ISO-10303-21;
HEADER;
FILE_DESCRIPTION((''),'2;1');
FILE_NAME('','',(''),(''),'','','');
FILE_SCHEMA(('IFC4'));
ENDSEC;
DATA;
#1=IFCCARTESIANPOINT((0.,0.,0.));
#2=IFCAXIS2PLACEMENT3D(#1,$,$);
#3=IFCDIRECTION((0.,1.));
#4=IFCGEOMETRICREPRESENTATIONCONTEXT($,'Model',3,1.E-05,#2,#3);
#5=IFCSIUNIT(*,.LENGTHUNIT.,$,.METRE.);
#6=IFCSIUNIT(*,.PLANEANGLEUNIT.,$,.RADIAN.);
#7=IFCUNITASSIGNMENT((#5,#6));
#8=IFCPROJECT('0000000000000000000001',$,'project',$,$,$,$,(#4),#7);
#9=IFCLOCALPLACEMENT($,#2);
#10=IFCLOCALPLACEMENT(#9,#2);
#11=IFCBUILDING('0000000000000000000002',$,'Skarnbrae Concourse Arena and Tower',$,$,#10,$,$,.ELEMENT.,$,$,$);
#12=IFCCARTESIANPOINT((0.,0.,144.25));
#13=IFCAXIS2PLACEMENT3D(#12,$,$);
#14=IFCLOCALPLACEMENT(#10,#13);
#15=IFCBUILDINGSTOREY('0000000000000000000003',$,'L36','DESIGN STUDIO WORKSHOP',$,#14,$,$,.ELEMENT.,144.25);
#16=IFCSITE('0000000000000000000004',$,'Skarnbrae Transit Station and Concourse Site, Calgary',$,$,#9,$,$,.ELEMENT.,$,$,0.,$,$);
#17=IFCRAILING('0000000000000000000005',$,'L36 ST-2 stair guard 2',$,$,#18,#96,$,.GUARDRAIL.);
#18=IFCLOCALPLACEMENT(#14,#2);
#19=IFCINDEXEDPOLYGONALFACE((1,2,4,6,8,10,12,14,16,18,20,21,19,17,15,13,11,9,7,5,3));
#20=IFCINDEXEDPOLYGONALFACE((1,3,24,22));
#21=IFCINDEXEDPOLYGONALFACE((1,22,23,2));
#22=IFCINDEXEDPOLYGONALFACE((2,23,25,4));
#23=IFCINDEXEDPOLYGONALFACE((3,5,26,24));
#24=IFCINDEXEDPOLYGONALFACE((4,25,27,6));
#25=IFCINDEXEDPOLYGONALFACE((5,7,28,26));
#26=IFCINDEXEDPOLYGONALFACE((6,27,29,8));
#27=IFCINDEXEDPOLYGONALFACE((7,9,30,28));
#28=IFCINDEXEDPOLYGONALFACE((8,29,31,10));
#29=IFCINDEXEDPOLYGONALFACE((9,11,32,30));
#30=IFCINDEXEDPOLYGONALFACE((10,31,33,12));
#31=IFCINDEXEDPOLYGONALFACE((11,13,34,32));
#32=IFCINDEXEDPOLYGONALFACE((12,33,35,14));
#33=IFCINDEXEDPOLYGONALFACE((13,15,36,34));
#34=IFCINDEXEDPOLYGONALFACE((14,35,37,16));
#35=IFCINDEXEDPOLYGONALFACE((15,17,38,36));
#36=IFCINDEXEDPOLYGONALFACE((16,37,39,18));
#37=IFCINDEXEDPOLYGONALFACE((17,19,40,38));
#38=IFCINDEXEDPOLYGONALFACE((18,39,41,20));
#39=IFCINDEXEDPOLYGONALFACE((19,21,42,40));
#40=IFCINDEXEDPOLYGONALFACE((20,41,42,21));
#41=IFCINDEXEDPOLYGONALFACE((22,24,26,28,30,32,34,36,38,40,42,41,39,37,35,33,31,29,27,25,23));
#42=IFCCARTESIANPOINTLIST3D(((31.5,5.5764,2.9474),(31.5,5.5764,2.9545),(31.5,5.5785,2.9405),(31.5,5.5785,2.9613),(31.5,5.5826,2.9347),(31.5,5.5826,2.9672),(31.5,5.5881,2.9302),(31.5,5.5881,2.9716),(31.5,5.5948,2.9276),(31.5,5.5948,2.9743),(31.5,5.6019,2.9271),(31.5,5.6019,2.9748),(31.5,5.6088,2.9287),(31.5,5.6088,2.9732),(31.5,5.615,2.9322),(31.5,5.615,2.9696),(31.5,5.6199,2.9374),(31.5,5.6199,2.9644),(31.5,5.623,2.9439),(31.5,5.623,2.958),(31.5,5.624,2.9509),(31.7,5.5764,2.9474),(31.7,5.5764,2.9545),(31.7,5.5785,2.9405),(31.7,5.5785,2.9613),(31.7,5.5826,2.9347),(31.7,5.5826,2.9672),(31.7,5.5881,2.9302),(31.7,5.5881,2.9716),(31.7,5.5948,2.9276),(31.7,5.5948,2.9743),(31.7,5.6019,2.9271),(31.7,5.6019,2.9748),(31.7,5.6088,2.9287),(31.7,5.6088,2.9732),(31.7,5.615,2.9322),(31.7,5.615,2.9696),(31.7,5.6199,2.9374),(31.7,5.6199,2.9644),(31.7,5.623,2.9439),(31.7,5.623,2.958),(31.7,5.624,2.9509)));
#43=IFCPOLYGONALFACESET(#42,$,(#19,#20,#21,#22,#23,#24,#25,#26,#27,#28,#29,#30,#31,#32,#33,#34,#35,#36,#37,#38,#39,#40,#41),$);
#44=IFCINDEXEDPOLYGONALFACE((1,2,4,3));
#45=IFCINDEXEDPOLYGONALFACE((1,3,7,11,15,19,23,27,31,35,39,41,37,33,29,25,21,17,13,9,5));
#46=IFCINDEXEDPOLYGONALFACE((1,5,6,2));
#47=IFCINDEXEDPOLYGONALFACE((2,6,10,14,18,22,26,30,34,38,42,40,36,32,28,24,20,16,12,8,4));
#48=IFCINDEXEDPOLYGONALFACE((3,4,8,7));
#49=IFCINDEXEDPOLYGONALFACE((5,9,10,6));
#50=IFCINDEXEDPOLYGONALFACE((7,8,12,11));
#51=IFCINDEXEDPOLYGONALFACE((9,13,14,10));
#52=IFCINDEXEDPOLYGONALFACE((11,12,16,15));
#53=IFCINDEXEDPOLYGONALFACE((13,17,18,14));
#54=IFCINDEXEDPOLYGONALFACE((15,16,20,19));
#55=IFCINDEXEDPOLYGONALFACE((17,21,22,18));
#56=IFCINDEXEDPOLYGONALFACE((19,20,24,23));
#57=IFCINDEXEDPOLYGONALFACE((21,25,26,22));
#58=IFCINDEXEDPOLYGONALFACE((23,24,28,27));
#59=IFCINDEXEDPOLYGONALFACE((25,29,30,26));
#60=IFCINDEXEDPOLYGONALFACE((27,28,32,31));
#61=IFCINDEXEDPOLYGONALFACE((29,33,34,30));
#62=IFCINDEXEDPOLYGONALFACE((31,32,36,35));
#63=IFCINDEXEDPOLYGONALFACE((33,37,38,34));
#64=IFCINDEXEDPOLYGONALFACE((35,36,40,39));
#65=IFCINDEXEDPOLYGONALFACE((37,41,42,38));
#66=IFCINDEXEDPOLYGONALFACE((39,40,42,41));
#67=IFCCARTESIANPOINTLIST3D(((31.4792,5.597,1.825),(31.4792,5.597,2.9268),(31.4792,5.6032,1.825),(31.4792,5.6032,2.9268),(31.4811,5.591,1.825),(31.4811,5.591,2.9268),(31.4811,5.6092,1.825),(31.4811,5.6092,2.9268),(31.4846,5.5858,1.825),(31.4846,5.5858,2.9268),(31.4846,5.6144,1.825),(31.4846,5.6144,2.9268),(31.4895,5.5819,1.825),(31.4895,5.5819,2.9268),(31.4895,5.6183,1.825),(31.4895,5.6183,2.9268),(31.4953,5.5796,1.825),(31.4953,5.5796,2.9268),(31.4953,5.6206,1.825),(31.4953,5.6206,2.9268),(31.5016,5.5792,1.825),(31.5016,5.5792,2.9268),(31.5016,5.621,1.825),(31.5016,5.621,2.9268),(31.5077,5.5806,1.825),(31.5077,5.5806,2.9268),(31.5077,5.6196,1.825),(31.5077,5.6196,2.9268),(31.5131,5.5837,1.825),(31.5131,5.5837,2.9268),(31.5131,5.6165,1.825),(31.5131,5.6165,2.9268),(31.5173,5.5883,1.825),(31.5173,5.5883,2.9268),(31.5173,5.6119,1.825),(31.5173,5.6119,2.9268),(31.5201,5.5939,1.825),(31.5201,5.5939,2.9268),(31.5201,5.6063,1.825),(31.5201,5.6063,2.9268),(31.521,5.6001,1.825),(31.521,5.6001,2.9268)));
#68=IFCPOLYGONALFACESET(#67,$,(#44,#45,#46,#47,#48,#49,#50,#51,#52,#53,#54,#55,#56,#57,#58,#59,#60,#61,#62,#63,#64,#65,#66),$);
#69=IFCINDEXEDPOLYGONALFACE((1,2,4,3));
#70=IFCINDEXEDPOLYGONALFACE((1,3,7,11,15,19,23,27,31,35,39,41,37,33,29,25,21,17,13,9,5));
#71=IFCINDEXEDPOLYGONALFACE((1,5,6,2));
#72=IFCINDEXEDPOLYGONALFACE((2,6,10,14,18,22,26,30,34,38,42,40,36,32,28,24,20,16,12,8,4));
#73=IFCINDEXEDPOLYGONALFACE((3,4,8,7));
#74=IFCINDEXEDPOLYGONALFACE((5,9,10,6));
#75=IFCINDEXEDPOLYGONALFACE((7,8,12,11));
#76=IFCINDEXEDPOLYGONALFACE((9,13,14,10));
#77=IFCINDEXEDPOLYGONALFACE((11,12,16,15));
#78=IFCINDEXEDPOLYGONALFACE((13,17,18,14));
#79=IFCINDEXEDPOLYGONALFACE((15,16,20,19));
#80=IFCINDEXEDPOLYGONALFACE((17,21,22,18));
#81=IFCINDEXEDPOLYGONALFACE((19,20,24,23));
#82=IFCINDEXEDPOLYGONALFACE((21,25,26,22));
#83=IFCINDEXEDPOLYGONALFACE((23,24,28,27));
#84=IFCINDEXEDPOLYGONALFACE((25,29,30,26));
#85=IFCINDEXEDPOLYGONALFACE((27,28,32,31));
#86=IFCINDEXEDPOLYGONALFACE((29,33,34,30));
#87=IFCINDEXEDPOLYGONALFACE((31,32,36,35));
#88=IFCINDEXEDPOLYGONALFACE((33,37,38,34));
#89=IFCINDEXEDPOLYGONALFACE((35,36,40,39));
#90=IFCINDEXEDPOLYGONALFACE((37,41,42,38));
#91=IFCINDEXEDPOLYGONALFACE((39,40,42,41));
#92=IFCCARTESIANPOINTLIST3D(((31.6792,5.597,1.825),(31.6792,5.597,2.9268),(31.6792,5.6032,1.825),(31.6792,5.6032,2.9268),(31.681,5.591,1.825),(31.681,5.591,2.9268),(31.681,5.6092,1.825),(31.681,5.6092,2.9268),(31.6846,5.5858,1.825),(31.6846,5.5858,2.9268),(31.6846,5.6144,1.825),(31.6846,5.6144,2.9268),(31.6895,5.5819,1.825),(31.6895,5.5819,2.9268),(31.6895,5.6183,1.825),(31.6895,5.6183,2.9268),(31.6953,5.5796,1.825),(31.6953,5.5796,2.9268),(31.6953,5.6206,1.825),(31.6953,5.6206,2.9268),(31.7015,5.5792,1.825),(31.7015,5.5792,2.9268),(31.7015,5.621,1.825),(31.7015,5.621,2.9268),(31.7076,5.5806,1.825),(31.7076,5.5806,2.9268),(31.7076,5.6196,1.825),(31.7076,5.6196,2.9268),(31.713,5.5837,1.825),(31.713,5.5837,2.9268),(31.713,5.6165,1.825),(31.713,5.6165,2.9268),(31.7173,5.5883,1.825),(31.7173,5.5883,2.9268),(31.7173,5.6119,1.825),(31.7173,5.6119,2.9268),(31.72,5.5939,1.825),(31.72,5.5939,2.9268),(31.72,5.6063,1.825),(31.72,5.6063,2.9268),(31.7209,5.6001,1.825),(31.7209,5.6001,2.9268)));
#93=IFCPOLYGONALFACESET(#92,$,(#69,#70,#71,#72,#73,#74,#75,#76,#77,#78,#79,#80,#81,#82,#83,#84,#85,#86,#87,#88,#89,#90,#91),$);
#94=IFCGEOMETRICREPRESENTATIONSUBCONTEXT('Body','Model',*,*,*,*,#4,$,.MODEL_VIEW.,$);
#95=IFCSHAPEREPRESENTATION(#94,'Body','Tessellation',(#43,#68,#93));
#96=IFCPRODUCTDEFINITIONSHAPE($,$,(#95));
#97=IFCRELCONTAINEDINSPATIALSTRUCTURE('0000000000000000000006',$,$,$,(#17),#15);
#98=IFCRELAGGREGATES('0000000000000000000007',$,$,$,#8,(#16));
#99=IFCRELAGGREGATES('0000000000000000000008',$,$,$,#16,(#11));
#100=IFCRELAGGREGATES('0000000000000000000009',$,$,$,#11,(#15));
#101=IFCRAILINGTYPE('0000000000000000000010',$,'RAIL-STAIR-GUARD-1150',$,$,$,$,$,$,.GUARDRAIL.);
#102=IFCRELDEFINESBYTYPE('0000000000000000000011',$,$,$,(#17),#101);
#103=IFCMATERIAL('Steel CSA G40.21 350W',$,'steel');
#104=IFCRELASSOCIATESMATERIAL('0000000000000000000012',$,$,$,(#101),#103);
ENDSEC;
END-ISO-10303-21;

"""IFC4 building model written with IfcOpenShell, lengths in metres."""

from ifc_helpers import new_model, si_unit, direction, frame, origin, origin_2d, place, context, subcontext, project, spatial, circle, extrude, material, type_object, element, save


model = new_model("IFC4")

# Units and contexts
model_context = context("Model", 3, precision=1e-05, world=origin(), true_north=direction((0.0, 1.0)))
body_context = subcontext(model_context, "Body", "Model", "MODEL_VIEW")
ifc_project = project(units=[si_unit("LENGTHUNIT", "METRE"), si_unit("PLANEANGLEUNIT", "RADIAN")], contexts=[model_context])

# Site, building, storey
site_placement = place(None, origin())
site = spatial("IfcSite", under=ifc_project, at=site_placement, Name="Skarnbrae Transit Station and Concourse Site, Calgary", CompositionType="ELEMENT", RefElevation=0.0)
building_placement = place(site_placement, origin())
building = spatial("IfcBuilding", under=site, at=building_placement, Name="Skarnbrae Concourse Arena and Tower", CompositionType="ELEMENT")
storey_placement = place(building_placement, frame((0.0, 0.0, 144.25)))
storey = spatial("IfcBuildingStorey", under=building, at=storey_placement, Name="L36", Description="DESIGN STUDIO WORKSHOP", CompositionType="ELEMENT", Elevation=144.25)

# Shared definitions
ifc_material_1 = material(Name="Steel CSA G40.21 350W", Category="steel")

# Railing
railing_type_1 = type_object("IfcRailingType", Name="RAIL-STAIR-GUARD-1150", PredefinedType="GUARDRAIL", material=ifc_material_1)
railing_1_placement = place(storey_placement, frame((31.5, 5.6001, 1.825)))
element("IfcRailing", 1, at=railing_1_placement, inside=storey, type_object=railing_type_1, Name="L36 ST-2 stair guard 2", PredefinedType="GUARDRAIL", context=body_context, shape_type="SweptSolid", body=[
    extrude(circle(Radius=0.0239, at=origin_2d()), frame((0.0, 0.0, 1.126), z_axis=(1.0, 0.0, 0.0), x_axis=(0.0, 1.0, 0.0)), (0.0, 0.0, 1.0), 0.2),
    extrude(circle(Radius=0.021, at=origin_2d()), origin(), (0.0, 0.0, 1.0), 1.1018),
    extrude(circle(Radius=0.021, at=origin_2d()), frame((0.2, 0.0, 0.0)), (0.0, 0.0, 1.0), 1.1018),
])

save(model, "model.ifc")
